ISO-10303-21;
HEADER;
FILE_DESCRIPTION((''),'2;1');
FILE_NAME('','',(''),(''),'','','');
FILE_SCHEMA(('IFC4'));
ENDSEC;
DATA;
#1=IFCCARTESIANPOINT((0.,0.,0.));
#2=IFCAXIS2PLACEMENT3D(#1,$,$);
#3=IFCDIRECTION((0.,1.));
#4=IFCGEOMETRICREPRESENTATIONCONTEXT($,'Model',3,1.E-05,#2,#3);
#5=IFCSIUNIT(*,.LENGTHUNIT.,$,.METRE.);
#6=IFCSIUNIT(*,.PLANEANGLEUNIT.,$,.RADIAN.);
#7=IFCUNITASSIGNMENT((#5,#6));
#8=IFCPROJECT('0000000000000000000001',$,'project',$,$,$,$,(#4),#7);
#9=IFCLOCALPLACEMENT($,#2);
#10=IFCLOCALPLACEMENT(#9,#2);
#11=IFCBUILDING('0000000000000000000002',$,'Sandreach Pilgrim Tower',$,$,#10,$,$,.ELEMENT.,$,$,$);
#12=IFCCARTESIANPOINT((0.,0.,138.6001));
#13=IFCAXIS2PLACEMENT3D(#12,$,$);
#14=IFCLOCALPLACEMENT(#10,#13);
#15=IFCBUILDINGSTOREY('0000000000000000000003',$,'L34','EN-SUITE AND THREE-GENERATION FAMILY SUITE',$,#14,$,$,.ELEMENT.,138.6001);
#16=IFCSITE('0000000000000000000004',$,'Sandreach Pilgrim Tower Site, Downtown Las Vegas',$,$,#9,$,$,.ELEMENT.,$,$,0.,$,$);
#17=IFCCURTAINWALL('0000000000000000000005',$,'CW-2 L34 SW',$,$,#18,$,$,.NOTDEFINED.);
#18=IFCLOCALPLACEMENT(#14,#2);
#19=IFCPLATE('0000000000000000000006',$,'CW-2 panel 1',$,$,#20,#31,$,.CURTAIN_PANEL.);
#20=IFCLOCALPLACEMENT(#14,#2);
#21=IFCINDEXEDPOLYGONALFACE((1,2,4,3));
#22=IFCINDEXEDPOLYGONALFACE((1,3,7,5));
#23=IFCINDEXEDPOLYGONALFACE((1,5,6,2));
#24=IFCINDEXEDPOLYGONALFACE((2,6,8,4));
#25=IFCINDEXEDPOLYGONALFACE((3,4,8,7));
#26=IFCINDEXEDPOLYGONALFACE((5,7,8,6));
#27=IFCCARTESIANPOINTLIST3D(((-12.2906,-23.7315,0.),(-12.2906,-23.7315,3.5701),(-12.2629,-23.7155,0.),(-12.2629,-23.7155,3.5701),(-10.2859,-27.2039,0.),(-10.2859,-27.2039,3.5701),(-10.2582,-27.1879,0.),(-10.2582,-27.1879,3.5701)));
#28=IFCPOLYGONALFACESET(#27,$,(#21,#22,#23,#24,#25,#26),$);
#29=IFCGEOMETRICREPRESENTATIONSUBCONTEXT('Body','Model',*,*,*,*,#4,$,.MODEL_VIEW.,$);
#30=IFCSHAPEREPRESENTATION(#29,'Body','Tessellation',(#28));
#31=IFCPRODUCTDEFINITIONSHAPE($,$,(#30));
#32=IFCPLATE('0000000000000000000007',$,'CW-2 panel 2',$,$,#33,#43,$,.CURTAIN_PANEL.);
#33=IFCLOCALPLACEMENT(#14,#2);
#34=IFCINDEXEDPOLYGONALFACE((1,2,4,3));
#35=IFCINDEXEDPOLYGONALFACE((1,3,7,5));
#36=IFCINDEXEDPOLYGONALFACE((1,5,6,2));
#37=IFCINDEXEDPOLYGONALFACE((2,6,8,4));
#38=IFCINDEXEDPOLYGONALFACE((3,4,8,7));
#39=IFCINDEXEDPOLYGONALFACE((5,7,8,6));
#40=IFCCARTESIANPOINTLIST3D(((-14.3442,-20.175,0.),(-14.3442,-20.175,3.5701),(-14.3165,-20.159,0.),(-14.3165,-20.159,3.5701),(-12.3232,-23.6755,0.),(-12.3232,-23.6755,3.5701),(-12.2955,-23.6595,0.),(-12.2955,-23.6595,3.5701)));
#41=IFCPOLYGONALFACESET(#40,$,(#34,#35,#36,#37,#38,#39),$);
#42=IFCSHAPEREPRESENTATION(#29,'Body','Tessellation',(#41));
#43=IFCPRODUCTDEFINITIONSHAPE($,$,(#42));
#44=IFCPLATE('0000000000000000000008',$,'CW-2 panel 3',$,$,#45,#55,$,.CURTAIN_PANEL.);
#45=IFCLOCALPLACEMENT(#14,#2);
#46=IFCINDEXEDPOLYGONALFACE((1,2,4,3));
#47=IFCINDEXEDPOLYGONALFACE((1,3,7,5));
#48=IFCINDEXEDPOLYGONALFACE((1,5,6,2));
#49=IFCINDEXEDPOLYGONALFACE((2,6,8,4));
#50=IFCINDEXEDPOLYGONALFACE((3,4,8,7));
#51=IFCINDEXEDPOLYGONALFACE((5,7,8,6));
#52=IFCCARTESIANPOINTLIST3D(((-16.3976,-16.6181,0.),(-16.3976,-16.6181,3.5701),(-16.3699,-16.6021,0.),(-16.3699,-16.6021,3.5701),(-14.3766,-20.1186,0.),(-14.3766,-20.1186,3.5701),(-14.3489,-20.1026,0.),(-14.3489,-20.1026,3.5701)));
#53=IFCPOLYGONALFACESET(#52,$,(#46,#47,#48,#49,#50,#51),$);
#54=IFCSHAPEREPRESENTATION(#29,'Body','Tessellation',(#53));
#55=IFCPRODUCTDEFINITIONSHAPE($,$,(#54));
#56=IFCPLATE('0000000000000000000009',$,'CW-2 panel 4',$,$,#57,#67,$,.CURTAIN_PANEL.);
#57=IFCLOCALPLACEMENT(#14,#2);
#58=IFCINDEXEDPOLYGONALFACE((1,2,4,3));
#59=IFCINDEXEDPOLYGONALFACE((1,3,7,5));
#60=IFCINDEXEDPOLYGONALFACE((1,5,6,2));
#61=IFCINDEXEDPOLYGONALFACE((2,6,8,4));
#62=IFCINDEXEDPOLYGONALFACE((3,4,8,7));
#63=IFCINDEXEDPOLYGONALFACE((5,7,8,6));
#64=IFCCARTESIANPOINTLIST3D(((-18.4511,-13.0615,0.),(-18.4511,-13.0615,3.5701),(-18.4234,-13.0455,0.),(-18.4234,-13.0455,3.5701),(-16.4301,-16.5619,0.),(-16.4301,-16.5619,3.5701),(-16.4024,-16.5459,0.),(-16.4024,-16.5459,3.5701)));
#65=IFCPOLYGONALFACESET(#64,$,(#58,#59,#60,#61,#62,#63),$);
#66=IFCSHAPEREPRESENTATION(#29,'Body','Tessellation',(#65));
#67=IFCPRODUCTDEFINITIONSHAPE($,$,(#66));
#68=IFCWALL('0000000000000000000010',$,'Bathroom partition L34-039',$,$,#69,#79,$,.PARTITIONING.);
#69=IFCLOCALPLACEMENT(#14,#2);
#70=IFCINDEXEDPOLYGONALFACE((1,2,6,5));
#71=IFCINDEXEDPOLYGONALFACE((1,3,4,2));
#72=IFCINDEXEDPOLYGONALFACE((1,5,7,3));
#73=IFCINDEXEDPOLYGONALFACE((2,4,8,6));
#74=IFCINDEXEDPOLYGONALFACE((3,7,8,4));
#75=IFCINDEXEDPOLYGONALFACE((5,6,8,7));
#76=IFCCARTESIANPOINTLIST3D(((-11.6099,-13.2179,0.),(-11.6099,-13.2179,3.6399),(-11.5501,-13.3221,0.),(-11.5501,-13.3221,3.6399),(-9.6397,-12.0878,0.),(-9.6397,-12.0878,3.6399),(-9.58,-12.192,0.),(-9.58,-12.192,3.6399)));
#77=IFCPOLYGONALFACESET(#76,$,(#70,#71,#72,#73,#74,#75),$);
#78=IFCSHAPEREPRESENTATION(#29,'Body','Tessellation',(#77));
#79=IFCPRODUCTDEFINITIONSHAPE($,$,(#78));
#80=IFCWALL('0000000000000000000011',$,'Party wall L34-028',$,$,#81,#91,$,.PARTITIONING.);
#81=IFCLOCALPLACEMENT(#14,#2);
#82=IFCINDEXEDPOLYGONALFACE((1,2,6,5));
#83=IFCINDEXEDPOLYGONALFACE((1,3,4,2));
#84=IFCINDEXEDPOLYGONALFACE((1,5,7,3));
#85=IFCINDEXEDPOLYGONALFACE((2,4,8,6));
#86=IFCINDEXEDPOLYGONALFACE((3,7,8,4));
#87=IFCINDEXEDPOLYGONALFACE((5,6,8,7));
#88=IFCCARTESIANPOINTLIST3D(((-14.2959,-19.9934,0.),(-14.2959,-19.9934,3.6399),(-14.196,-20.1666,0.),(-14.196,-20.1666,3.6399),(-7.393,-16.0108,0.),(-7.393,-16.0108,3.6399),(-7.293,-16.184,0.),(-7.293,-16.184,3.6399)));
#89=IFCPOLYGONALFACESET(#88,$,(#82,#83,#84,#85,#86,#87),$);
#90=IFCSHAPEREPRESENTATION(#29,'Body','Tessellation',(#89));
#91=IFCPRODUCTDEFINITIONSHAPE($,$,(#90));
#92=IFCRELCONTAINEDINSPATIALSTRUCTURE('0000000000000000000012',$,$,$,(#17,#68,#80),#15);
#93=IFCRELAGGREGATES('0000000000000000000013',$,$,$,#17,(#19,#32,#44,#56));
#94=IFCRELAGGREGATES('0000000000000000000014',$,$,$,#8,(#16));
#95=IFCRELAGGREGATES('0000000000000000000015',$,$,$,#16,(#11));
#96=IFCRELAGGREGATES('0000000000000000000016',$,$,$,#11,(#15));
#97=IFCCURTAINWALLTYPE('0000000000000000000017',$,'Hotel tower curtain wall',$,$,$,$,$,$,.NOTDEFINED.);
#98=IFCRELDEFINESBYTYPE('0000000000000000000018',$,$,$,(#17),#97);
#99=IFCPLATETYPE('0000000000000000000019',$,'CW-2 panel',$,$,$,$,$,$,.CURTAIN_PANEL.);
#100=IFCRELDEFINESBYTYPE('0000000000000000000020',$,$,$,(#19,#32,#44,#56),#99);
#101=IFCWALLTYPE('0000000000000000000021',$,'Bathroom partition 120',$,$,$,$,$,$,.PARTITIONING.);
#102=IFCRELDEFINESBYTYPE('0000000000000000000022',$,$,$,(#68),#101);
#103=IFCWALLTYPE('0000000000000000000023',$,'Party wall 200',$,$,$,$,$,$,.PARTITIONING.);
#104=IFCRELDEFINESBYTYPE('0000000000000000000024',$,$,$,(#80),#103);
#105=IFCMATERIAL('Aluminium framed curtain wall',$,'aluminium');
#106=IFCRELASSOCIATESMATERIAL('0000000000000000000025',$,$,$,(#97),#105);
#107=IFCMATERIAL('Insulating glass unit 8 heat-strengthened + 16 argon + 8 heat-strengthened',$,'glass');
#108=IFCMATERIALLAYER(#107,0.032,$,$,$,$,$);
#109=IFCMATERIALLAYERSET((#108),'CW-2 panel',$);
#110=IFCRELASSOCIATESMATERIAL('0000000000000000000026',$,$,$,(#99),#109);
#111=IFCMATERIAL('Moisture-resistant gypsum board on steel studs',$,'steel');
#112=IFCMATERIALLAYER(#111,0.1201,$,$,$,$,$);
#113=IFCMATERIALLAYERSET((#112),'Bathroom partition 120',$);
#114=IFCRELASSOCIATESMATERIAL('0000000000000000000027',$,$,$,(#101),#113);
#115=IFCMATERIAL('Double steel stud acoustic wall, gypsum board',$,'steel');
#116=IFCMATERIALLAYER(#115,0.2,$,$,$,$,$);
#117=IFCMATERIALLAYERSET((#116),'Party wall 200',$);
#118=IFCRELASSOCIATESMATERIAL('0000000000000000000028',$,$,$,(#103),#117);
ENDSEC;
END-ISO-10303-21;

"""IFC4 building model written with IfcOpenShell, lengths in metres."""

from ifc_helpers import new_model, si_unit, direction, frame, frame_2d, origin, origin_2d, place, context, subcontext, project, spatial, rectangle, extrude, material, layer, layer_set, type_object, element, aggregate, save


model = new_model("IFC4")

# Units and contexts
model_context = context("Model", 3, precision=1e-05, world=origin(), true_north=direction((0.0, 1.0)))
body_context = subcontext(model_context, "Body", "Model", "MODEL_VIEW")
ifc_project = project(units=[si_unit("LENGTHUNIT", "METRE"), si_unit("PLANEANGLEUNIT", "RADIAN")], contexts=[model_context])

# Site, building, storey
site_placement = place(None, origin())
site = spatial("IfcSite", under=ifc_project, at=site_placement, Name="Sandreach Pilgrim Tower Site, Downtown Las Vegas", CompositionType="ELEMENT", RefElevation=0.0)
building_placement = place(site_placement, origin())
building = spatial("IfcBuilding", under=site, at=building_placement, Name="Sandreach Pilgrim Tower", CompositionType="ELEMENT")
storey_placement = place(building_placement, frame((0.0, 0.0, 138.6001)))
storey = spatial("IfcBuildingStorey", under=building, at=storey_placement, Name="L34", Description="EN-SUITE AND THREE-GENERATION FAMILY SUITE", CompositionType="ELEMENT", Elevation=138.6001)

# Curtain wall
ifc_material_1 = material(Name="Aluminium framed curtain wall", Category="aluminium")
curtain_wall_type = type_object("IfcCurtainWallType", Name="Hotel tower curtain wall", PredefinedType="NOTDEFINED", material=ifc_material_1)
curtain_wall_placement = place(storey_placement, origin())
curtain_wall = element("IfcCurtainWall", 1, at=curtain_wall_placement, inside=storey, type_object=curtain_wall_type, Name="CW-2 L34 SW", PredefinedType="NOTDEFINED")

# Plates
ifc_material_2 = material(Name="Insulating glass unit 8 heat-strengthened + 16 argon + 8 heat-strengthened", Category="glass")
ifc_layer_1 = layer(ifc_material_2, 0.032)
ifc_layer_set_1 = layer_set([ifc_layer_1], Name="CW-2 panel")
plate_type = type_object("IfcPlateType", Name="CW-2 panel", PredefinedType="CURTAIN_PANEL", material=ifc_layer_set_1)
plate_1_placement = place(storey_placement, frame((-11.2744, -25.4597, 0.0), z_axis=(0.0, 0.0, 1.0), x_axis=(-0.5, 0.866025, 0.0)))
plate_1 = element("IfcPlate", 2, at=plate_1_placement, type_object=plate_type, Name="CW-2 panel 1", PredefinedType="CURTAIN_PANEL", context=body_context, shape_type="SweptSolid", body=[
    extrude(rectangle(XDim=4.0095, YDim=0.032, at=origin_2d()), origin(), (0.0, 0.0, 1.0), 3.5701),
])
plate_2_placement = place(storey_placement, frame((-13.3198, -21.9172, 0.0), z_axis=(0.0, 0.0, 1.0), x_axis=(-0.5, 0.866025, 0.0)))
plate_2 = element("IfcPlate", 3, at=plate_2_placement, type_object=plate_type, Name="CW-2 panel 2", PredefinedType="CURTAIN_PANEL", context=body_context, shape_type="SweptSolid", body=[
    extrude(rectangle(XDim=4.042, YDim=0.032, at=origin_2d()), origin(), (0.0, 0.0, 1.0), 3.5701),
])
plate_3_placement = place(storey_placement, frame((-15.3733, -18.3604, 0.0), z_axis=(0.0, 0.0, 1.0), x_axis=(-0.5, 0.866025, 0.0)))
plate_3 = element("IfcPlate", 4, at=plate_3_placement, type_object=plate_type, Name="CW-2 panel 3", PredefinedType="CURTAIN_PANEL", context=body_context, shape_type="SweptSolid", body=[
    extrude(rectangle(XDim=4.042, YDim=0.032, at=origin_2d()), origin(), (0.0, 0.0, 1.0), 3.5701),
])
plate_4_placement = place(storey_placement, frame((-17.4268, -14.8037, 0.0), z_axis=(0.0, 0.0, 1.0), x_axis=(-0.5, 0.866025, 0.0)))
plate_4 = element("IfcPlate", 5, at=plate_4_placement, type_object=plate_type, Name="CW-2 panel 4", PredefinedType="CURTAIN_PANEL", context=body_context, shape_type="SweptSolid", body=[
    extrude(rectangle(XDim=4.042, YDim=0.032, at=origin_2d()), origin(), (0.0, 0.0, 1.0), 3.5701),
])
aggregate(curtain_wall, [plate_1, plate_2, plate_3, plate_4])

# Wall
ifc_material_3 = material(Name="Moisture-resistant gypsum board on steel studs", Category="steel")
ifc_layer_2 = layer(ifc_material_3, 0.1201)
ifc_layer_set_2 = layer_set([ifc_layer_2], Name="Bathroom partition 120")
wall_type_1 = type_object("IfcWallType", Name="Bathroom partition 120", PredefinedType="PARTITIONING", material=ifc_layer_set_2)
wall_1_placement = place(storey_placement, frame((-11.5801, -13.27, 0.0), z_axis=(0.0, 0.0, 1.0), x_axis=(0.867428, 0.497562, 0.0)))
element("IfcWall", 6, at=wall_1_placement, inside=storey, type_object=wall_type_1, Name="Bathroom partition L34-039", PredefinedType="PARTITIONING", context=body_context, shape_type="SweptSolid", body=[
    extrude(rectangle(XDim=2.2712, YDim=0.1201, at=frame_2d((1.1357, 0.0))), origin(), (0.0, 0.0, 1.0), 3.6399),
])

# Wall
ifc_material_4 = material(Name="Double steel stud acoustic wall, gypsum board", Category="steel")
ifc_layer_3 = layer(ifc_material_4, 0.2)
ifc_layer_set_3 = layer_set([ifc_layer_3], Name="Party wall 200")
wall_type_2 = type_object("IfcWallType", Name="Party wall 200", PredefinedType="PARTITIONING", material=ifc_layer_set_3)
wall_2_placement = place(storey_placement, frame((-14.2461, -20.0801, 0.0), z_axis=(0.0, 0.0, 1.0), x_axis=(0.866179, 0.499734, 0.0)))
element("IfcWall", 7, at=wall_2_placement, inside=storey, type_object=wall_type_2, Name="Party wall L34-028", PredefinedType="PARTITIONING", context=body_context, shape_type="SweptSolid", body=[
    extrude(rectangle(XDim=7.9695, YDim=0.2, at=frame_2d((3.9849, 0.0))), origin(), (0.0, 0.0, 1.0), 3.6399),
])

save(model, "model.ifc")
